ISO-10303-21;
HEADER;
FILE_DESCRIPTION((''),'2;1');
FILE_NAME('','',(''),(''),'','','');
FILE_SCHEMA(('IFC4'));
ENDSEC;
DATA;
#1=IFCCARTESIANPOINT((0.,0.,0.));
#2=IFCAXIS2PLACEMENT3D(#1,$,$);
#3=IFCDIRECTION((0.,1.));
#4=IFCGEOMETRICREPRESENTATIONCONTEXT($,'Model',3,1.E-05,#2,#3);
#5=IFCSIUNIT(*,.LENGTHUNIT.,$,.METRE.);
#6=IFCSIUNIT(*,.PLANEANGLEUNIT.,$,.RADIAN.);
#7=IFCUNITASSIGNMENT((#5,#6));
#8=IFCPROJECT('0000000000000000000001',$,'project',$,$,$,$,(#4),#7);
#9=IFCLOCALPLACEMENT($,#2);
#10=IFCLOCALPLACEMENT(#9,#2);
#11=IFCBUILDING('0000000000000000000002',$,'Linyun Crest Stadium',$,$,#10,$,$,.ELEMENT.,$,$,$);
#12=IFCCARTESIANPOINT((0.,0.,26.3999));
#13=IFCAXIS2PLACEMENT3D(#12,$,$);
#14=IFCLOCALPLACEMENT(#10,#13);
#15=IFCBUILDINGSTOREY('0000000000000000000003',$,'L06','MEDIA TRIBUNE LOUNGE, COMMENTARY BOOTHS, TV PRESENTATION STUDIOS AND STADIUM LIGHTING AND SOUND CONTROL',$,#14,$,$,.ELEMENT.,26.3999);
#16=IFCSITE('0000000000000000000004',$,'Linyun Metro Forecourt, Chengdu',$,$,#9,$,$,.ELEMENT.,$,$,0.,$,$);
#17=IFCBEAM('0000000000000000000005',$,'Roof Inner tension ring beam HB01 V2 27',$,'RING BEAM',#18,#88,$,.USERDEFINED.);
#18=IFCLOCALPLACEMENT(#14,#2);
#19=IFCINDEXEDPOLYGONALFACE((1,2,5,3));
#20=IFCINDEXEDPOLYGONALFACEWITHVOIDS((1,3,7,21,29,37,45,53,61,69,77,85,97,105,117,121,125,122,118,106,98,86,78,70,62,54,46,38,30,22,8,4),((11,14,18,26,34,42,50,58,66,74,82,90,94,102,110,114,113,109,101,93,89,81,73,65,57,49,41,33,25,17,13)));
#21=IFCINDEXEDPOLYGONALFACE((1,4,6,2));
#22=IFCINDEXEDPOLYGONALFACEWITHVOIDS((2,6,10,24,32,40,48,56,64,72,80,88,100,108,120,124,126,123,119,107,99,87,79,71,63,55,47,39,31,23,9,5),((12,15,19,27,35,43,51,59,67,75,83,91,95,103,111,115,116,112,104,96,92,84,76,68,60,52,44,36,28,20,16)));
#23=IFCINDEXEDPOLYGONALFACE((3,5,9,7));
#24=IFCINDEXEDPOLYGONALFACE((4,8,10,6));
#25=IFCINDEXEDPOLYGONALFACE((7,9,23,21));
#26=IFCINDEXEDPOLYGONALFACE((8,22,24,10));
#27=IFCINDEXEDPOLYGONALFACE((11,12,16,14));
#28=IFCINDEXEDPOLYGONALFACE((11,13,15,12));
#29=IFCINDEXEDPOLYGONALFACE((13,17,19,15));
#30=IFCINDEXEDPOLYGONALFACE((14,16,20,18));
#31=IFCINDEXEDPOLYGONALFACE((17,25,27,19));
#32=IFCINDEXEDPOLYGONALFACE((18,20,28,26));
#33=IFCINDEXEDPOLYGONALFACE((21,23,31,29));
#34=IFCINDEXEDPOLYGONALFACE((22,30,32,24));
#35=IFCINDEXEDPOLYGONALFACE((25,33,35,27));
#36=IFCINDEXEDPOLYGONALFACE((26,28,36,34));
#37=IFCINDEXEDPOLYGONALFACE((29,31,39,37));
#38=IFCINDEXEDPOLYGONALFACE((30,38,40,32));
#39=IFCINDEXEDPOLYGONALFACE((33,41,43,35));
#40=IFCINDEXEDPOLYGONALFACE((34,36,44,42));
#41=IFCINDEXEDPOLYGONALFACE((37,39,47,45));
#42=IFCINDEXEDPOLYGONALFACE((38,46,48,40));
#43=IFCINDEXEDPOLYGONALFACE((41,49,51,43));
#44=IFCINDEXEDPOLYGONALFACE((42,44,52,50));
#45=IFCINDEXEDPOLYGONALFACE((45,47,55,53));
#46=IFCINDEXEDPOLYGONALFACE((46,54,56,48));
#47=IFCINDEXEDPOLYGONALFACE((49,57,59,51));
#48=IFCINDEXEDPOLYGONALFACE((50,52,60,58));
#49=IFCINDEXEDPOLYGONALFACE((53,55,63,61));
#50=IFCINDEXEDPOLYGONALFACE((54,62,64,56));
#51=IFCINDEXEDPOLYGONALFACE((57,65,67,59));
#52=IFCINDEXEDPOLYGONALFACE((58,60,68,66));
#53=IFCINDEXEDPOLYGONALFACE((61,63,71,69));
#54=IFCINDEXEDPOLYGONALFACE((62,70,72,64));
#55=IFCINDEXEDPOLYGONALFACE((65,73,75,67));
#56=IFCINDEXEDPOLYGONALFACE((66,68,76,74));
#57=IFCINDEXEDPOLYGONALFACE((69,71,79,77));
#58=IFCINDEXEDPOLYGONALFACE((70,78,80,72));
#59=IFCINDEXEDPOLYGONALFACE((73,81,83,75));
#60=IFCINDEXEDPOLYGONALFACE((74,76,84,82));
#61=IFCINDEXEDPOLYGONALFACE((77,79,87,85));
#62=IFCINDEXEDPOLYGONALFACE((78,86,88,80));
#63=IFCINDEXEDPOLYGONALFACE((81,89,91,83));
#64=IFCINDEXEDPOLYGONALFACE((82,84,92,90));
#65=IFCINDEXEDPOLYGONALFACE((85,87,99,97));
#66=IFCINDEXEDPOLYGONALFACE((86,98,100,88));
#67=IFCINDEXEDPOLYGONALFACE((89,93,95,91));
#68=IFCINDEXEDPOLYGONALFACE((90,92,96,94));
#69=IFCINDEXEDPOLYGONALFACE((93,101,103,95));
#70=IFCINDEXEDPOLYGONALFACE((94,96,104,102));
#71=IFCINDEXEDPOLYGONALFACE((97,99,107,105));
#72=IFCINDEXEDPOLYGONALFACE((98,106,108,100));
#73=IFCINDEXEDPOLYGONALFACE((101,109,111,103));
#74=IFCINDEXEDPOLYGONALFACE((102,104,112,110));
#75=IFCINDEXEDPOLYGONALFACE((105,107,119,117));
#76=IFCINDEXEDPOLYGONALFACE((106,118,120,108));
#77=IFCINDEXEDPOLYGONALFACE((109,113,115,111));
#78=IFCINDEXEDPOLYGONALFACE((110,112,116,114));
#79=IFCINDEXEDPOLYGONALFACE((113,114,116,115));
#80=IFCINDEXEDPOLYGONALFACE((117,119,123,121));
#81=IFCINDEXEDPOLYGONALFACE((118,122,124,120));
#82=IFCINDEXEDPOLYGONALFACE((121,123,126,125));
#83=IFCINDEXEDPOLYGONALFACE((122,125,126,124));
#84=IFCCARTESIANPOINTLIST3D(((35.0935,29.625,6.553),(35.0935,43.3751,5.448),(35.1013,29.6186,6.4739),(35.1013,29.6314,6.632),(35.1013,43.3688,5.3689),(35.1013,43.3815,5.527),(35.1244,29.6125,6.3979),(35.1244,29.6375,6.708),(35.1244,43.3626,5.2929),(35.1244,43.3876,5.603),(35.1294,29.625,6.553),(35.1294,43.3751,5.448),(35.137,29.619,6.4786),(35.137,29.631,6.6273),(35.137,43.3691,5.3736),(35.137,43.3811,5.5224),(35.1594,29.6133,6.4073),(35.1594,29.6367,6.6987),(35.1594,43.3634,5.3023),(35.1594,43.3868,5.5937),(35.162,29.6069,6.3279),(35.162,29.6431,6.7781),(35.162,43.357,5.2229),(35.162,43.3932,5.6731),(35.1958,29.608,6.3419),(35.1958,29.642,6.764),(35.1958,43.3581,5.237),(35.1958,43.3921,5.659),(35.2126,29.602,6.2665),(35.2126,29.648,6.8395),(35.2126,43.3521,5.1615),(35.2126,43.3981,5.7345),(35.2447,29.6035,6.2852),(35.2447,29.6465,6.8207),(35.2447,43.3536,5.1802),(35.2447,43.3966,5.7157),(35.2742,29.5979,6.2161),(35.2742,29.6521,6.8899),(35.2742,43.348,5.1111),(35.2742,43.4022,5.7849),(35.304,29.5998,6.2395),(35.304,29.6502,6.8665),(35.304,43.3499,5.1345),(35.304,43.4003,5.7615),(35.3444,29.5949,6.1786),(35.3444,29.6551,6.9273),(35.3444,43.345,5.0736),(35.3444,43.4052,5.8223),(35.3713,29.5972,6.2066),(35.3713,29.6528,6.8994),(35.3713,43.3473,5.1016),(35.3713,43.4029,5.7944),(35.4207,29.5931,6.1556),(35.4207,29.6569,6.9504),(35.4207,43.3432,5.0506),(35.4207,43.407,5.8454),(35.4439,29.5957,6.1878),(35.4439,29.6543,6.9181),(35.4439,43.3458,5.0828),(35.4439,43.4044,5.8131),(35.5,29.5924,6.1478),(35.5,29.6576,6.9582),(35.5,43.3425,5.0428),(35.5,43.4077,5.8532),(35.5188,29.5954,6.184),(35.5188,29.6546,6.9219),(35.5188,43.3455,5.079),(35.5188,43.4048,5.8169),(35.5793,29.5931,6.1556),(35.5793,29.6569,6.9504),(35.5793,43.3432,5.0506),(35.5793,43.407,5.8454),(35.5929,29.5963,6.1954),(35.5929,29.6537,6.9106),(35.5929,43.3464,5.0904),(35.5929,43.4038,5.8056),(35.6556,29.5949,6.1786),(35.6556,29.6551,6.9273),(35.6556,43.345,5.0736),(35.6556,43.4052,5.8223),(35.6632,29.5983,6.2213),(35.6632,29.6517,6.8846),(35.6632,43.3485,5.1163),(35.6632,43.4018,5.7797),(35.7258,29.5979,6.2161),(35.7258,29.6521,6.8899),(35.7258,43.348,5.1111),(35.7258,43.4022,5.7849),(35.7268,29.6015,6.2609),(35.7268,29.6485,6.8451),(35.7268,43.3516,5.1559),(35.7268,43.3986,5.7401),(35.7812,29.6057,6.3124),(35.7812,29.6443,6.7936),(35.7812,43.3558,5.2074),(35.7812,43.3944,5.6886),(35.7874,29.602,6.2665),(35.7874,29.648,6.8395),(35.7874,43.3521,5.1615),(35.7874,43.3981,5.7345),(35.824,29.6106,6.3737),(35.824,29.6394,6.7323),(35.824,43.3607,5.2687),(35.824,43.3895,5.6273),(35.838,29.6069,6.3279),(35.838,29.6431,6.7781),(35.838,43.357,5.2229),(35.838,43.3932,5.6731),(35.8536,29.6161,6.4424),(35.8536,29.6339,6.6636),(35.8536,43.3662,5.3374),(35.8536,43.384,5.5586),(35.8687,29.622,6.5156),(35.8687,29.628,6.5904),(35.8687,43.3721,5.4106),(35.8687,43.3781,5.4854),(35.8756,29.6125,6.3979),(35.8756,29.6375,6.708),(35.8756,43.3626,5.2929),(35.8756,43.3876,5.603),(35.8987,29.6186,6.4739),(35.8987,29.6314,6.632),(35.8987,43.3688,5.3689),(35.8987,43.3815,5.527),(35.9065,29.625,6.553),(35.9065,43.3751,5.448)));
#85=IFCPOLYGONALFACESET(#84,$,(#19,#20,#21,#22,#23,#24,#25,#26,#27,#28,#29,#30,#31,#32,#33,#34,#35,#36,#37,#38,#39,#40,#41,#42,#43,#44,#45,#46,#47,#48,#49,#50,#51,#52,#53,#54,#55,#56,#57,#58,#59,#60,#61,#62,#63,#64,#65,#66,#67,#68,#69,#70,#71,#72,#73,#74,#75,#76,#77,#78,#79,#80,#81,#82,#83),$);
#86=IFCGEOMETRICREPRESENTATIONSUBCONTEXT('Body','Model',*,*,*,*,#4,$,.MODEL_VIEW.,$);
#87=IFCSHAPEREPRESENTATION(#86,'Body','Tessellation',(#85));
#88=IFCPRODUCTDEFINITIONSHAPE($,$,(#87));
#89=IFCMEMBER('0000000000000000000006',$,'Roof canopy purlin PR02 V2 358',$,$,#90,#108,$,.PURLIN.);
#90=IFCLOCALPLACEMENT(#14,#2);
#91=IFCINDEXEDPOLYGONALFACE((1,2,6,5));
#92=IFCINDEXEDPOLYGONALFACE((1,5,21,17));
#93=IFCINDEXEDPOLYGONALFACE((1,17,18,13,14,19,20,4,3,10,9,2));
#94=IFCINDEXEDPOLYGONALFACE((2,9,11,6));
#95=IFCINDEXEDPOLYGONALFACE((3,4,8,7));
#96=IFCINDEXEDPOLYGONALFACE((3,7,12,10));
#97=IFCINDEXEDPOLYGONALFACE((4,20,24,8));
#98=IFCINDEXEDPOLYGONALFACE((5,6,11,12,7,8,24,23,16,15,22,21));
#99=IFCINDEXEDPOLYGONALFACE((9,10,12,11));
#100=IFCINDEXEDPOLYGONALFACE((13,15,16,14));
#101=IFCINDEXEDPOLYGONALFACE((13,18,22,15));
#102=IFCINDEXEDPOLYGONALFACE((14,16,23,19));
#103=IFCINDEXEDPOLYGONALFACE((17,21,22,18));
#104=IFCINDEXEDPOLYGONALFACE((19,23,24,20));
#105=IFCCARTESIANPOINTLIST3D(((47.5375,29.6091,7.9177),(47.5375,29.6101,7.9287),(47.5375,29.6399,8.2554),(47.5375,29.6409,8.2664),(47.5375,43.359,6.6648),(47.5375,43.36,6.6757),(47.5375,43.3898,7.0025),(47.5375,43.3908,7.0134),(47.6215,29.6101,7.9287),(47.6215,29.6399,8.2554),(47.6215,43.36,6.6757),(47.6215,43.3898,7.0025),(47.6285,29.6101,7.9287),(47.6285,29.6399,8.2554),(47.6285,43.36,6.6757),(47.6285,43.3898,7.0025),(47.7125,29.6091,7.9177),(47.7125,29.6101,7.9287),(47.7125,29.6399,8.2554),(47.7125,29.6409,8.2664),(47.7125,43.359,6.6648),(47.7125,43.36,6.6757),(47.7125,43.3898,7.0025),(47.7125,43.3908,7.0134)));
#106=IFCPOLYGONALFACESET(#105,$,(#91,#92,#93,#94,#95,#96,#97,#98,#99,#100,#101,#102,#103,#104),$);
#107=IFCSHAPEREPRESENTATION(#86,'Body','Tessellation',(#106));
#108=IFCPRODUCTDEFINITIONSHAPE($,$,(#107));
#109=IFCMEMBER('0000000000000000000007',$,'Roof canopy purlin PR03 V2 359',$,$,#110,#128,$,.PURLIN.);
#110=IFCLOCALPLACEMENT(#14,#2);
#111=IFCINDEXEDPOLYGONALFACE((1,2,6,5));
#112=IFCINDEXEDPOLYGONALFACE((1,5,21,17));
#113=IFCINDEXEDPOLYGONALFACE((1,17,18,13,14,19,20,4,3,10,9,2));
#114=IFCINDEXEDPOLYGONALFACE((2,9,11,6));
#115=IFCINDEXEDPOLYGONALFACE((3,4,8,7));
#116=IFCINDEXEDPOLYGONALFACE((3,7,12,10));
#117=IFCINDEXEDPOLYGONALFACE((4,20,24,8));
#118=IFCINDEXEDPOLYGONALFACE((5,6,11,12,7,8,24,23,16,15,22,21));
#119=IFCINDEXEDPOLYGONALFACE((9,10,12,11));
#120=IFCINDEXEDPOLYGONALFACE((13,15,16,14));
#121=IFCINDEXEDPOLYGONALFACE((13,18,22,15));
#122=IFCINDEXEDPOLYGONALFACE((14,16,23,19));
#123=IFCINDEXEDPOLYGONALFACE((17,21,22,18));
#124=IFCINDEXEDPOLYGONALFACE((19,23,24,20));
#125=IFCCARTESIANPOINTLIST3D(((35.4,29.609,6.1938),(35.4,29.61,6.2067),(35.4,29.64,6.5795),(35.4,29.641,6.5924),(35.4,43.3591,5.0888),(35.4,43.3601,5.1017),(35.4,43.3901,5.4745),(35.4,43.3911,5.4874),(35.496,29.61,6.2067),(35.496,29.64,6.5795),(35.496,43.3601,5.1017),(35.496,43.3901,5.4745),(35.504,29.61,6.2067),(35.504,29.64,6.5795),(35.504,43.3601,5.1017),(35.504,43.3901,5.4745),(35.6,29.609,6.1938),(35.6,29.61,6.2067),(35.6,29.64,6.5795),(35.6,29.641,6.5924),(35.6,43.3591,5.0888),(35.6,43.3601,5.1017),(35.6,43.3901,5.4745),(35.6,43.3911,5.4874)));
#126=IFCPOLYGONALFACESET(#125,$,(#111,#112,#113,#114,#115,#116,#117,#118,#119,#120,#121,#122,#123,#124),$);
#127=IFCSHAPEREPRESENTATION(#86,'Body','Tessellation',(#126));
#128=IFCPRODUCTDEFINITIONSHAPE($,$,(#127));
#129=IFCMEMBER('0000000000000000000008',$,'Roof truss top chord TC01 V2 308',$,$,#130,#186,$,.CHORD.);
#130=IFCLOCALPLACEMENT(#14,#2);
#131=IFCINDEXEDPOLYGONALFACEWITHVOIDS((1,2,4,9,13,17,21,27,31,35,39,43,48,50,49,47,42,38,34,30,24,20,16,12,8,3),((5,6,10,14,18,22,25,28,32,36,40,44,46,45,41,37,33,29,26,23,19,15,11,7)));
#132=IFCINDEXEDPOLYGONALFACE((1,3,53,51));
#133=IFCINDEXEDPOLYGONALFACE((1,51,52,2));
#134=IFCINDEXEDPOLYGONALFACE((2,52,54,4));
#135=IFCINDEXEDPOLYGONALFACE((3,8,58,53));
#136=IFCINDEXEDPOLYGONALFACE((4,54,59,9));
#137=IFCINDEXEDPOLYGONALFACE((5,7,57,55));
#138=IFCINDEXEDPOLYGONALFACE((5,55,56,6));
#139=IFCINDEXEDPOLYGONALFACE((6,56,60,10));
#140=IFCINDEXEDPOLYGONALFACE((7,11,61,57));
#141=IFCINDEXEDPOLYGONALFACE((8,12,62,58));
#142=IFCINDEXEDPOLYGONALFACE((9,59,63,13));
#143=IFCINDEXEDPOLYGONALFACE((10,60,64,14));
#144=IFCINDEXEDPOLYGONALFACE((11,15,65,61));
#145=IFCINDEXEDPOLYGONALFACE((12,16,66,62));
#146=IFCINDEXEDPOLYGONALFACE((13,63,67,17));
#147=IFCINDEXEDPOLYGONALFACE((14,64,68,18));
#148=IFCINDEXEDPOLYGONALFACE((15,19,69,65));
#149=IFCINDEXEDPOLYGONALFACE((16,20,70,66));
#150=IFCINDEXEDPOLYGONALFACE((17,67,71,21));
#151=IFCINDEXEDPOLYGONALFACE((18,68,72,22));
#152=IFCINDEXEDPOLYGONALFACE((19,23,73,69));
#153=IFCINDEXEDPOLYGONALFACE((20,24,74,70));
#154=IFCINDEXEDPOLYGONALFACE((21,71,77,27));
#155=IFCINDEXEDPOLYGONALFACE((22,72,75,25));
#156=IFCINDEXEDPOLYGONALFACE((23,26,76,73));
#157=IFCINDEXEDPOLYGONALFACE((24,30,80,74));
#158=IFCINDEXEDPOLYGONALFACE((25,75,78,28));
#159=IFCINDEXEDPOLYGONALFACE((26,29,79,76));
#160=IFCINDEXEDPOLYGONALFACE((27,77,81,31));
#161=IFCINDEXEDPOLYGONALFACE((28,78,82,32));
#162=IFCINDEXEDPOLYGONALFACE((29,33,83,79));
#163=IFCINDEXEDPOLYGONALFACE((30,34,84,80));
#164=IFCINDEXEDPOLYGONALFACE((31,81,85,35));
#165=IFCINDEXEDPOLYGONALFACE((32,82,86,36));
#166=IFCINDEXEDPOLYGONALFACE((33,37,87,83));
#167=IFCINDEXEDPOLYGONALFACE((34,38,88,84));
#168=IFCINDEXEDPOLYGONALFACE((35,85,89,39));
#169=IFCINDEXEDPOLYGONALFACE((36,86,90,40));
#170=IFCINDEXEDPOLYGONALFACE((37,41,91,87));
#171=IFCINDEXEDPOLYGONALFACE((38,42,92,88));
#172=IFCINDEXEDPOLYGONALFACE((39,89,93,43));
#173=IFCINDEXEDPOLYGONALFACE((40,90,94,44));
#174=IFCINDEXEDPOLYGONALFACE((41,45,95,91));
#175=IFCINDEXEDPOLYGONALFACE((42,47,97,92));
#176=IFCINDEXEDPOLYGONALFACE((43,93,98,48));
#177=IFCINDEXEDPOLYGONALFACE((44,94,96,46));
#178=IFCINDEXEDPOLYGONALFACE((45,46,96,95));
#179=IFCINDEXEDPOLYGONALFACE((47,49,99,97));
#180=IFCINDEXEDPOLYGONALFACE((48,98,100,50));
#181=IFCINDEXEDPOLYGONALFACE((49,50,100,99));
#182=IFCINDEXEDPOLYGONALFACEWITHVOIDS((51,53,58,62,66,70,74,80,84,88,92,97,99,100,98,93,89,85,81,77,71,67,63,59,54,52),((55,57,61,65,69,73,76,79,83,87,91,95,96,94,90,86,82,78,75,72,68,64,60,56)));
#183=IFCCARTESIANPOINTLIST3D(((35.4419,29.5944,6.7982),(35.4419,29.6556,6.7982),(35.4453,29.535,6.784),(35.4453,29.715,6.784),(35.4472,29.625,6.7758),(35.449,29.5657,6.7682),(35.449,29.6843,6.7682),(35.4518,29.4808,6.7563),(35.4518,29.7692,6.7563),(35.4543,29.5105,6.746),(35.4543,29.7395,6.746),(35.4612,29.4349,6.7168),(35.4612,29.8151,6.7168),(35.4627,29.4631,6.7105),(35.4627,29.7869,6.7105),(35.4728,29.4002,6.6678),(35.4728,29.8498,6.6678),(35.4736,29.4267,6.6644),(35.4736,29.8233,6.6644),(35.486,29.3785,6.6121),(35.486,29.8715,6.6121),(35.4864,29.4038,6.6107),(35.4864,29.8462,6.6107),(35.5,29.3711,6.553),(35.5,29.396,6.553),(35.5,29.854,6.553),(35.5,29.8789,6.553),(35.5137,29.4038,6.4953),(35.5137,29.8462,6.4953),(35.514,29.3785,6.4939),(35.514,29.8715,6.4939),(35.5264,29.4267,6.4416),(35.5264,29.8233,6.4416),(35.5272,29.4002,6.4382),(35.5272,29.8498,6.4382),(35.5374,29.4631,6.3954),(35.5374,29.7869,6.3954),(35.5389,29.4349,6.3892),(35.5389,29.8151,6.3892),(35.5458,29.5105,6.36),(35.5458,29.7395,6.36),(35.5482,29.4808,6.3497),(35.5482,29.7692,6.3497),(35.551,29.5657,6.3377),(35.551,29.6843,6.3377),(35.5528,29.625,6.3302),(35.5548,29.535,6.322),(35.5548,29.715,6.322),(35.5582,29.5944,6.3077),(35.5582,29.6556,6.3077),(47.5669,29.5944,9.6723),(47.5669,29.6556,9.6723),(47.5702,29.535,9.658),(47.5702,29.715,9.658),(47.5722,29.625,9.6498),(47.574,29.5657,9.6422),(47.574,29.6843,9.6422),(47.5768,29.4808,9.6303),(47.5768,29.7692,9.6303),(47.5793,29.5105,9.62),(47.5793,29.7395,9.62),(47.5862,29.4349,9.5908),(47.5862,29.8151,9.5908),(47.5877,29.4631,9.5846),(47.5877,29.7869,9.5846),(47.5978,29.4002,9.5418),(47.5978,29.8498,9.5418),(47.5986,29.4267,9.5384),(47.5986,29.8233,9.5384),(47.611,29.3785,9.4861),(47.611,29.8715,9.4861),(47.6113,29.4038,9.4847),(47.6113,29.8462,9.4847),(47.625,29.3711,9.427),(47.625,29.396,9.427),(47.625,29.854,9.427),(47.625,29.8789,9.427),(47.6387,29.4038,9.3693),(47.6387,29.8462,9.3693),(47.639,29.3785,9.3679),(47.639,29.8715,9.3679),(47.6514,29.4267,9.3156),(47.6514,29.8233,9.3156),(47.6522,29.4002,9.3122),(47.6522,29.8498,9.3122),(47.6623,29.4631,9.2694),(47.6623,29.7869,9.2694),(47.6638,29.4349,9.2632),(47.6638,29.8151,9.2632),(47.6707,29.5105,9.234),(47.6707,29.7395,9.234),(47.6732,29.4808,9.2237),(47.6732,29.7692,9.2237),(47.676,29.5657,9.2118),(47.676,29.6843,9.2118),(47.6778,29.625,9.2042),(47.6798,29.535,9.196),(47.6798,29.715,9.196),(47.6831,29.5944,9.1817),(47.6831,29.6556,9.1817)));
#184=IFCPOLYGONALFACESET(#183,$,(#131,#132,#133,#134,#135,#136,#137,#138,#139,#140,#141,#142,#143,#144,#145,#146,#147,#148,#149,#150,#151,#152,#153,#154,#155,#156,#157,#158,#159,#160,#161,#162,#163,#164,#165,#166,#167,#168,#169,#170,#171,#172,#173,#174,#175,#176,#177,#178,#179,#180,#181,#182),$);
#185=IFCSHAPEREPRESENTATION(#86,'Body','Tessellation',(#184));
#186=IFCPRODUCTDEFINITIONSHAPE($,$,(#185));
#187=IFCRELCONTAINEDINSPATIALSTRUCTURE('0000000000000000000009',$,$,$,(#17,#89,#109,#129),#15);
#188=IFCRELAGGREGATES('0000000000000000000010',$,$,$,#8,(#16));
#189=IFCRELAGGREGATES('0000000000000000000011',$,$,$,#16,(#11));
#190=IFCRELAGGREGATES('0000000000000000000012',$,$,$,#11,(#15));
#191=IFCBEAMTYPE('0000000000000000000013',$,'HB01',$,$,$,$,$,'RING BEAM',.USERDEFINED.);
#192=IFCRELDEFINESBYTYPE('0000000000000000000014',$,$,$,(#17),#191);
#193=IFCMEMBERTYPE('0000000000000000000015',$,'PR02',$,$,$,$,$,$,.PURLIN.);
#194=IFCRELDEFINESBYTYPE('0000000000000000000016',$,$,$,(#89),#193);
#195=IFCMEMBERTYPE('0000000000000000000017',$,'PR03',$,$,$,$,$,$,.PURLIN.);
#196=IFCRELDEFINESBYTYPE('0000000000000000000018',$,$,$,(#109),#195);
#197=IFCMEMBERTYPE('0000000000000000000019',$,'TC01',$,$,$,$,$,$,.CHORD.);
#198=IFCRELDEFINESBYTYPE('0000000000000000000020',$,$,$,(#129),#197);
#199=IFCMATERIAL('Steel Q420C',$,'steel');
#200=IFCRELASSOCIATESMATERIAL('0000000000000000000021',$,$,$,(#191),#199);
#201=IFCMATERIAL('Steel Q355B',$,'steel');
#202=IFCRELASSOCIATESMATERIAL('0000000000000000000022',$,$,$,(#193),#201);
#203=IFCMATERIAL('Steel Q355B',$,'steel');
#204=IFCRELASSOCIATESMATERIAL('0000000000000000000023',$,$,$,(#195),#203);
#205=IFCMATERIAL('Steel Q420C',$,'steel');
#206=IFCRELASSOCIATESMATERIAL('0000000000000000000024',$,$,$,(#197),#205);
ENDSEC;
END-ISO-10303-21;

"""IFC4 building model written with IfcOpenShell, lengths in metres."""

from ifc_helpers import new_model, si_unit, direction, frame, origin, origin_2d, place, context, subcontext, project, spatial, hollow_circle, i_section, extrude, material, material_profile, profile_set, type_object, element, save


model = new_model("IFC4")

# Units and contexts
model_context = context("Model", 3, precision=1e-05, world=origin(), true_north=direction((0.0, 1.0)))
body_context = subcontext(model_context, "Body", "Model", "MODEL_VIEW")
ifc_project = project(units=[si_unit("LENGTHUNIT", "METRE"), si_unit("PLANEANGLEUNIT", "RADIAN")], contexts=[model_context])

# Site, building, storey
site_placement = place(None, origin())
site = spatial("IfcSite", under=ifc_project, at=site_placement, Name="Linyun Metro Forecourt, Chengdu", CompositionType="ELEMENT", RefElevation=0.0)
building_placement = place(site_placement, origin())
building = spatial("IfcBuilding", under=site, at=building_placement, Name="Linyun Crest Stadium", CompositionType="ELEMENT")
storey_placement = place(building_placement, frame((0.0, 0.0, 26.3999)))
storey = spatial("IfcBuildingStorey", under=building, at=storey_placement, Name="L06", Description="MEDIA TRIBUNE LOUNGE, COMMENTARY BOOTHS, TV PRESENTATION STUDIOS AND STADIUM LIGHTING AND SOUND CONTROL", CompositionType="ELEMENT", Elevation=26.3999)

# Beam
ifc_material_1 = material(Name="Steel Q420C", Category="steel")
ifc_material_profile_1 = material_profile(ifc_material_1, hollow_circle(Radius=0.4065, WallThickness=0.0359, at=origin_2d()), Name="CHS 813x36")
ifc_profile_set_1 = profile_set([ifc_material_profile_1], Name="Steel Q420C")
beam_type = type_object("IfcBeamType", Name="HB01", ElementType="RING BEAM", PredefinedType="USERDEFINED", material=ifc_profile_set_1)
beam_placement = place(storey_placement, frame((35.5, 29.625, 6.553), z_axis=(0.0, 0.996787, -0.080104), x_axis=(-1.0, 0.0, 0.0)))
element("IfcBeam", 1, at=beam_placement, inside=storey, type_object=beam_type, Name="Roof Inner tension ring beam HB01 V2 27", ObjectType="RING BEAM", PredefinedType="USERDEFINED", context=body_context, shape_type="SweptSolid", body=[
    extrude(hollow_circle(Radius=0.4065, WallThickness=0.0359, at=origin_2d()), origin(), (0.0, 0.0, 1.0), 13.7944),
])

# Members
ifc_material_2 = material(Name="Steel Q355B", Category="steel")
ifc_material_profile_2 = material_profile(ifc_material_2, i_section(OverallWidth=0.175, OverallDepth=0.3501, WebThickness=0.0071, FlangeThickness=0.011, at=origin_2d()), Name="HN 350x175")
ifc_profile_set_2 = profile_set([ifc_material_profile_2], Name="Steel Q355B")
member_type_1 = type_object("IfcMemberType", Name="PR02", PredefinedType="PURLIN", material=ifc_profile_set_2)
member_1_placement = place(storey_placement, frame((47.625, 29.625, 8.092), z_axis=(0.0, 0.995874, -0.090746), x_axis=(-1.0, 0.0, 0.0)))
element("IfcMember", 2, at=member_1_placement, inside=storey, type_object=member_type_1, Name="Roof canopy purlin PR02 V2 358", PredefinedType="PURLIN", context=body_context, shape_type="SweptSolid", body=[
    extrude(i_section(OverallWidth=0.175, OverallDepth=0.3501, WebThickness=0.0071, FlangeThickness=0.011, at=origin_2d()), origin(), (0.0, 0.0, 1.0), 13.8069),
])
ifc_material_3 = material(Name="Steel Q355B", Category="steel")
ifc_material_profile_3 = material_profile(ifc_material_3, i_section(OverallWidth=0.2, OverallDepth=0.3999, WebThickness=0.0081, FlangeThickness=0.0129, at=origin_2d()), Name="HN 400x200")
ifc_profile_set_3 = profile_set([ifc_material_profile_3], Name="Steel Q355B")
member_type_2 = type_object("IfcMemberType", Name="PR03", PredefinedType="PURLIN", material=ifc_profile_set_3)
member_2_placement = place(storey_placement, frame((35.5, 29.625, 6.3931), z_axis=(0.0, 0.996787, -0.080104), x_axis=(-1.0, 0.0, 0.0)))
element("IfcMember", 3, at=member_2_placement, inside=storey, type_object=member_type_2, Name="Roof canopy purlin PR03 V2 359", PredefinedType="PURLIN", context=body_context, shape_type="SweptSolid", body=[
    extrude(i_section(OverallWidth=0.2, OverallDepth=0.3999, WebThickness=0.0081, FlangeThickness=0.0129, at=origin_2d()), origin(), (0.0, 0.0, 1.0), 13.7944),
])
ifc_material_4 = material(Name="Steel Q420C", Category="steel")
ifc_material_profile_4 = material_profile(ifc_material_4, hollow_circle(Radius=0.2539, WallThickness=0.0249, at=origin_2d()), Name="CHS 508x25")
ifc_profile_set_4 = profile_set([ifc_material_profile_4], Name="Steel Q420C")
member_type_3 = type_object("IfcMemberType", Name="TC01", PredefinedType="CHORD", material=ifc_profile_set_4)
member_3_placement = place(storey_placement, frame((47.625, 29.625, 9.427), z_axis=(-0.973039, 0.0, -0.230642), x_axis=(0.0, -1.0, 0.0)))
element("IfcMember", 4, at=member_3_placement, inside=storey, type_object=member_type_3, Name="Roof truss top chord TC01 V2 308", PredefinedType="CHORD", context=body_context, shape_type="SweptSolid", body=[
    extrude(hollow_circle(Radius=0.2539, WallThickness=0.0249, at=origin_2d()), origin(), (0.0, 0.0, 1.0), 12.4609),
])

save(model, "model.ifc")
